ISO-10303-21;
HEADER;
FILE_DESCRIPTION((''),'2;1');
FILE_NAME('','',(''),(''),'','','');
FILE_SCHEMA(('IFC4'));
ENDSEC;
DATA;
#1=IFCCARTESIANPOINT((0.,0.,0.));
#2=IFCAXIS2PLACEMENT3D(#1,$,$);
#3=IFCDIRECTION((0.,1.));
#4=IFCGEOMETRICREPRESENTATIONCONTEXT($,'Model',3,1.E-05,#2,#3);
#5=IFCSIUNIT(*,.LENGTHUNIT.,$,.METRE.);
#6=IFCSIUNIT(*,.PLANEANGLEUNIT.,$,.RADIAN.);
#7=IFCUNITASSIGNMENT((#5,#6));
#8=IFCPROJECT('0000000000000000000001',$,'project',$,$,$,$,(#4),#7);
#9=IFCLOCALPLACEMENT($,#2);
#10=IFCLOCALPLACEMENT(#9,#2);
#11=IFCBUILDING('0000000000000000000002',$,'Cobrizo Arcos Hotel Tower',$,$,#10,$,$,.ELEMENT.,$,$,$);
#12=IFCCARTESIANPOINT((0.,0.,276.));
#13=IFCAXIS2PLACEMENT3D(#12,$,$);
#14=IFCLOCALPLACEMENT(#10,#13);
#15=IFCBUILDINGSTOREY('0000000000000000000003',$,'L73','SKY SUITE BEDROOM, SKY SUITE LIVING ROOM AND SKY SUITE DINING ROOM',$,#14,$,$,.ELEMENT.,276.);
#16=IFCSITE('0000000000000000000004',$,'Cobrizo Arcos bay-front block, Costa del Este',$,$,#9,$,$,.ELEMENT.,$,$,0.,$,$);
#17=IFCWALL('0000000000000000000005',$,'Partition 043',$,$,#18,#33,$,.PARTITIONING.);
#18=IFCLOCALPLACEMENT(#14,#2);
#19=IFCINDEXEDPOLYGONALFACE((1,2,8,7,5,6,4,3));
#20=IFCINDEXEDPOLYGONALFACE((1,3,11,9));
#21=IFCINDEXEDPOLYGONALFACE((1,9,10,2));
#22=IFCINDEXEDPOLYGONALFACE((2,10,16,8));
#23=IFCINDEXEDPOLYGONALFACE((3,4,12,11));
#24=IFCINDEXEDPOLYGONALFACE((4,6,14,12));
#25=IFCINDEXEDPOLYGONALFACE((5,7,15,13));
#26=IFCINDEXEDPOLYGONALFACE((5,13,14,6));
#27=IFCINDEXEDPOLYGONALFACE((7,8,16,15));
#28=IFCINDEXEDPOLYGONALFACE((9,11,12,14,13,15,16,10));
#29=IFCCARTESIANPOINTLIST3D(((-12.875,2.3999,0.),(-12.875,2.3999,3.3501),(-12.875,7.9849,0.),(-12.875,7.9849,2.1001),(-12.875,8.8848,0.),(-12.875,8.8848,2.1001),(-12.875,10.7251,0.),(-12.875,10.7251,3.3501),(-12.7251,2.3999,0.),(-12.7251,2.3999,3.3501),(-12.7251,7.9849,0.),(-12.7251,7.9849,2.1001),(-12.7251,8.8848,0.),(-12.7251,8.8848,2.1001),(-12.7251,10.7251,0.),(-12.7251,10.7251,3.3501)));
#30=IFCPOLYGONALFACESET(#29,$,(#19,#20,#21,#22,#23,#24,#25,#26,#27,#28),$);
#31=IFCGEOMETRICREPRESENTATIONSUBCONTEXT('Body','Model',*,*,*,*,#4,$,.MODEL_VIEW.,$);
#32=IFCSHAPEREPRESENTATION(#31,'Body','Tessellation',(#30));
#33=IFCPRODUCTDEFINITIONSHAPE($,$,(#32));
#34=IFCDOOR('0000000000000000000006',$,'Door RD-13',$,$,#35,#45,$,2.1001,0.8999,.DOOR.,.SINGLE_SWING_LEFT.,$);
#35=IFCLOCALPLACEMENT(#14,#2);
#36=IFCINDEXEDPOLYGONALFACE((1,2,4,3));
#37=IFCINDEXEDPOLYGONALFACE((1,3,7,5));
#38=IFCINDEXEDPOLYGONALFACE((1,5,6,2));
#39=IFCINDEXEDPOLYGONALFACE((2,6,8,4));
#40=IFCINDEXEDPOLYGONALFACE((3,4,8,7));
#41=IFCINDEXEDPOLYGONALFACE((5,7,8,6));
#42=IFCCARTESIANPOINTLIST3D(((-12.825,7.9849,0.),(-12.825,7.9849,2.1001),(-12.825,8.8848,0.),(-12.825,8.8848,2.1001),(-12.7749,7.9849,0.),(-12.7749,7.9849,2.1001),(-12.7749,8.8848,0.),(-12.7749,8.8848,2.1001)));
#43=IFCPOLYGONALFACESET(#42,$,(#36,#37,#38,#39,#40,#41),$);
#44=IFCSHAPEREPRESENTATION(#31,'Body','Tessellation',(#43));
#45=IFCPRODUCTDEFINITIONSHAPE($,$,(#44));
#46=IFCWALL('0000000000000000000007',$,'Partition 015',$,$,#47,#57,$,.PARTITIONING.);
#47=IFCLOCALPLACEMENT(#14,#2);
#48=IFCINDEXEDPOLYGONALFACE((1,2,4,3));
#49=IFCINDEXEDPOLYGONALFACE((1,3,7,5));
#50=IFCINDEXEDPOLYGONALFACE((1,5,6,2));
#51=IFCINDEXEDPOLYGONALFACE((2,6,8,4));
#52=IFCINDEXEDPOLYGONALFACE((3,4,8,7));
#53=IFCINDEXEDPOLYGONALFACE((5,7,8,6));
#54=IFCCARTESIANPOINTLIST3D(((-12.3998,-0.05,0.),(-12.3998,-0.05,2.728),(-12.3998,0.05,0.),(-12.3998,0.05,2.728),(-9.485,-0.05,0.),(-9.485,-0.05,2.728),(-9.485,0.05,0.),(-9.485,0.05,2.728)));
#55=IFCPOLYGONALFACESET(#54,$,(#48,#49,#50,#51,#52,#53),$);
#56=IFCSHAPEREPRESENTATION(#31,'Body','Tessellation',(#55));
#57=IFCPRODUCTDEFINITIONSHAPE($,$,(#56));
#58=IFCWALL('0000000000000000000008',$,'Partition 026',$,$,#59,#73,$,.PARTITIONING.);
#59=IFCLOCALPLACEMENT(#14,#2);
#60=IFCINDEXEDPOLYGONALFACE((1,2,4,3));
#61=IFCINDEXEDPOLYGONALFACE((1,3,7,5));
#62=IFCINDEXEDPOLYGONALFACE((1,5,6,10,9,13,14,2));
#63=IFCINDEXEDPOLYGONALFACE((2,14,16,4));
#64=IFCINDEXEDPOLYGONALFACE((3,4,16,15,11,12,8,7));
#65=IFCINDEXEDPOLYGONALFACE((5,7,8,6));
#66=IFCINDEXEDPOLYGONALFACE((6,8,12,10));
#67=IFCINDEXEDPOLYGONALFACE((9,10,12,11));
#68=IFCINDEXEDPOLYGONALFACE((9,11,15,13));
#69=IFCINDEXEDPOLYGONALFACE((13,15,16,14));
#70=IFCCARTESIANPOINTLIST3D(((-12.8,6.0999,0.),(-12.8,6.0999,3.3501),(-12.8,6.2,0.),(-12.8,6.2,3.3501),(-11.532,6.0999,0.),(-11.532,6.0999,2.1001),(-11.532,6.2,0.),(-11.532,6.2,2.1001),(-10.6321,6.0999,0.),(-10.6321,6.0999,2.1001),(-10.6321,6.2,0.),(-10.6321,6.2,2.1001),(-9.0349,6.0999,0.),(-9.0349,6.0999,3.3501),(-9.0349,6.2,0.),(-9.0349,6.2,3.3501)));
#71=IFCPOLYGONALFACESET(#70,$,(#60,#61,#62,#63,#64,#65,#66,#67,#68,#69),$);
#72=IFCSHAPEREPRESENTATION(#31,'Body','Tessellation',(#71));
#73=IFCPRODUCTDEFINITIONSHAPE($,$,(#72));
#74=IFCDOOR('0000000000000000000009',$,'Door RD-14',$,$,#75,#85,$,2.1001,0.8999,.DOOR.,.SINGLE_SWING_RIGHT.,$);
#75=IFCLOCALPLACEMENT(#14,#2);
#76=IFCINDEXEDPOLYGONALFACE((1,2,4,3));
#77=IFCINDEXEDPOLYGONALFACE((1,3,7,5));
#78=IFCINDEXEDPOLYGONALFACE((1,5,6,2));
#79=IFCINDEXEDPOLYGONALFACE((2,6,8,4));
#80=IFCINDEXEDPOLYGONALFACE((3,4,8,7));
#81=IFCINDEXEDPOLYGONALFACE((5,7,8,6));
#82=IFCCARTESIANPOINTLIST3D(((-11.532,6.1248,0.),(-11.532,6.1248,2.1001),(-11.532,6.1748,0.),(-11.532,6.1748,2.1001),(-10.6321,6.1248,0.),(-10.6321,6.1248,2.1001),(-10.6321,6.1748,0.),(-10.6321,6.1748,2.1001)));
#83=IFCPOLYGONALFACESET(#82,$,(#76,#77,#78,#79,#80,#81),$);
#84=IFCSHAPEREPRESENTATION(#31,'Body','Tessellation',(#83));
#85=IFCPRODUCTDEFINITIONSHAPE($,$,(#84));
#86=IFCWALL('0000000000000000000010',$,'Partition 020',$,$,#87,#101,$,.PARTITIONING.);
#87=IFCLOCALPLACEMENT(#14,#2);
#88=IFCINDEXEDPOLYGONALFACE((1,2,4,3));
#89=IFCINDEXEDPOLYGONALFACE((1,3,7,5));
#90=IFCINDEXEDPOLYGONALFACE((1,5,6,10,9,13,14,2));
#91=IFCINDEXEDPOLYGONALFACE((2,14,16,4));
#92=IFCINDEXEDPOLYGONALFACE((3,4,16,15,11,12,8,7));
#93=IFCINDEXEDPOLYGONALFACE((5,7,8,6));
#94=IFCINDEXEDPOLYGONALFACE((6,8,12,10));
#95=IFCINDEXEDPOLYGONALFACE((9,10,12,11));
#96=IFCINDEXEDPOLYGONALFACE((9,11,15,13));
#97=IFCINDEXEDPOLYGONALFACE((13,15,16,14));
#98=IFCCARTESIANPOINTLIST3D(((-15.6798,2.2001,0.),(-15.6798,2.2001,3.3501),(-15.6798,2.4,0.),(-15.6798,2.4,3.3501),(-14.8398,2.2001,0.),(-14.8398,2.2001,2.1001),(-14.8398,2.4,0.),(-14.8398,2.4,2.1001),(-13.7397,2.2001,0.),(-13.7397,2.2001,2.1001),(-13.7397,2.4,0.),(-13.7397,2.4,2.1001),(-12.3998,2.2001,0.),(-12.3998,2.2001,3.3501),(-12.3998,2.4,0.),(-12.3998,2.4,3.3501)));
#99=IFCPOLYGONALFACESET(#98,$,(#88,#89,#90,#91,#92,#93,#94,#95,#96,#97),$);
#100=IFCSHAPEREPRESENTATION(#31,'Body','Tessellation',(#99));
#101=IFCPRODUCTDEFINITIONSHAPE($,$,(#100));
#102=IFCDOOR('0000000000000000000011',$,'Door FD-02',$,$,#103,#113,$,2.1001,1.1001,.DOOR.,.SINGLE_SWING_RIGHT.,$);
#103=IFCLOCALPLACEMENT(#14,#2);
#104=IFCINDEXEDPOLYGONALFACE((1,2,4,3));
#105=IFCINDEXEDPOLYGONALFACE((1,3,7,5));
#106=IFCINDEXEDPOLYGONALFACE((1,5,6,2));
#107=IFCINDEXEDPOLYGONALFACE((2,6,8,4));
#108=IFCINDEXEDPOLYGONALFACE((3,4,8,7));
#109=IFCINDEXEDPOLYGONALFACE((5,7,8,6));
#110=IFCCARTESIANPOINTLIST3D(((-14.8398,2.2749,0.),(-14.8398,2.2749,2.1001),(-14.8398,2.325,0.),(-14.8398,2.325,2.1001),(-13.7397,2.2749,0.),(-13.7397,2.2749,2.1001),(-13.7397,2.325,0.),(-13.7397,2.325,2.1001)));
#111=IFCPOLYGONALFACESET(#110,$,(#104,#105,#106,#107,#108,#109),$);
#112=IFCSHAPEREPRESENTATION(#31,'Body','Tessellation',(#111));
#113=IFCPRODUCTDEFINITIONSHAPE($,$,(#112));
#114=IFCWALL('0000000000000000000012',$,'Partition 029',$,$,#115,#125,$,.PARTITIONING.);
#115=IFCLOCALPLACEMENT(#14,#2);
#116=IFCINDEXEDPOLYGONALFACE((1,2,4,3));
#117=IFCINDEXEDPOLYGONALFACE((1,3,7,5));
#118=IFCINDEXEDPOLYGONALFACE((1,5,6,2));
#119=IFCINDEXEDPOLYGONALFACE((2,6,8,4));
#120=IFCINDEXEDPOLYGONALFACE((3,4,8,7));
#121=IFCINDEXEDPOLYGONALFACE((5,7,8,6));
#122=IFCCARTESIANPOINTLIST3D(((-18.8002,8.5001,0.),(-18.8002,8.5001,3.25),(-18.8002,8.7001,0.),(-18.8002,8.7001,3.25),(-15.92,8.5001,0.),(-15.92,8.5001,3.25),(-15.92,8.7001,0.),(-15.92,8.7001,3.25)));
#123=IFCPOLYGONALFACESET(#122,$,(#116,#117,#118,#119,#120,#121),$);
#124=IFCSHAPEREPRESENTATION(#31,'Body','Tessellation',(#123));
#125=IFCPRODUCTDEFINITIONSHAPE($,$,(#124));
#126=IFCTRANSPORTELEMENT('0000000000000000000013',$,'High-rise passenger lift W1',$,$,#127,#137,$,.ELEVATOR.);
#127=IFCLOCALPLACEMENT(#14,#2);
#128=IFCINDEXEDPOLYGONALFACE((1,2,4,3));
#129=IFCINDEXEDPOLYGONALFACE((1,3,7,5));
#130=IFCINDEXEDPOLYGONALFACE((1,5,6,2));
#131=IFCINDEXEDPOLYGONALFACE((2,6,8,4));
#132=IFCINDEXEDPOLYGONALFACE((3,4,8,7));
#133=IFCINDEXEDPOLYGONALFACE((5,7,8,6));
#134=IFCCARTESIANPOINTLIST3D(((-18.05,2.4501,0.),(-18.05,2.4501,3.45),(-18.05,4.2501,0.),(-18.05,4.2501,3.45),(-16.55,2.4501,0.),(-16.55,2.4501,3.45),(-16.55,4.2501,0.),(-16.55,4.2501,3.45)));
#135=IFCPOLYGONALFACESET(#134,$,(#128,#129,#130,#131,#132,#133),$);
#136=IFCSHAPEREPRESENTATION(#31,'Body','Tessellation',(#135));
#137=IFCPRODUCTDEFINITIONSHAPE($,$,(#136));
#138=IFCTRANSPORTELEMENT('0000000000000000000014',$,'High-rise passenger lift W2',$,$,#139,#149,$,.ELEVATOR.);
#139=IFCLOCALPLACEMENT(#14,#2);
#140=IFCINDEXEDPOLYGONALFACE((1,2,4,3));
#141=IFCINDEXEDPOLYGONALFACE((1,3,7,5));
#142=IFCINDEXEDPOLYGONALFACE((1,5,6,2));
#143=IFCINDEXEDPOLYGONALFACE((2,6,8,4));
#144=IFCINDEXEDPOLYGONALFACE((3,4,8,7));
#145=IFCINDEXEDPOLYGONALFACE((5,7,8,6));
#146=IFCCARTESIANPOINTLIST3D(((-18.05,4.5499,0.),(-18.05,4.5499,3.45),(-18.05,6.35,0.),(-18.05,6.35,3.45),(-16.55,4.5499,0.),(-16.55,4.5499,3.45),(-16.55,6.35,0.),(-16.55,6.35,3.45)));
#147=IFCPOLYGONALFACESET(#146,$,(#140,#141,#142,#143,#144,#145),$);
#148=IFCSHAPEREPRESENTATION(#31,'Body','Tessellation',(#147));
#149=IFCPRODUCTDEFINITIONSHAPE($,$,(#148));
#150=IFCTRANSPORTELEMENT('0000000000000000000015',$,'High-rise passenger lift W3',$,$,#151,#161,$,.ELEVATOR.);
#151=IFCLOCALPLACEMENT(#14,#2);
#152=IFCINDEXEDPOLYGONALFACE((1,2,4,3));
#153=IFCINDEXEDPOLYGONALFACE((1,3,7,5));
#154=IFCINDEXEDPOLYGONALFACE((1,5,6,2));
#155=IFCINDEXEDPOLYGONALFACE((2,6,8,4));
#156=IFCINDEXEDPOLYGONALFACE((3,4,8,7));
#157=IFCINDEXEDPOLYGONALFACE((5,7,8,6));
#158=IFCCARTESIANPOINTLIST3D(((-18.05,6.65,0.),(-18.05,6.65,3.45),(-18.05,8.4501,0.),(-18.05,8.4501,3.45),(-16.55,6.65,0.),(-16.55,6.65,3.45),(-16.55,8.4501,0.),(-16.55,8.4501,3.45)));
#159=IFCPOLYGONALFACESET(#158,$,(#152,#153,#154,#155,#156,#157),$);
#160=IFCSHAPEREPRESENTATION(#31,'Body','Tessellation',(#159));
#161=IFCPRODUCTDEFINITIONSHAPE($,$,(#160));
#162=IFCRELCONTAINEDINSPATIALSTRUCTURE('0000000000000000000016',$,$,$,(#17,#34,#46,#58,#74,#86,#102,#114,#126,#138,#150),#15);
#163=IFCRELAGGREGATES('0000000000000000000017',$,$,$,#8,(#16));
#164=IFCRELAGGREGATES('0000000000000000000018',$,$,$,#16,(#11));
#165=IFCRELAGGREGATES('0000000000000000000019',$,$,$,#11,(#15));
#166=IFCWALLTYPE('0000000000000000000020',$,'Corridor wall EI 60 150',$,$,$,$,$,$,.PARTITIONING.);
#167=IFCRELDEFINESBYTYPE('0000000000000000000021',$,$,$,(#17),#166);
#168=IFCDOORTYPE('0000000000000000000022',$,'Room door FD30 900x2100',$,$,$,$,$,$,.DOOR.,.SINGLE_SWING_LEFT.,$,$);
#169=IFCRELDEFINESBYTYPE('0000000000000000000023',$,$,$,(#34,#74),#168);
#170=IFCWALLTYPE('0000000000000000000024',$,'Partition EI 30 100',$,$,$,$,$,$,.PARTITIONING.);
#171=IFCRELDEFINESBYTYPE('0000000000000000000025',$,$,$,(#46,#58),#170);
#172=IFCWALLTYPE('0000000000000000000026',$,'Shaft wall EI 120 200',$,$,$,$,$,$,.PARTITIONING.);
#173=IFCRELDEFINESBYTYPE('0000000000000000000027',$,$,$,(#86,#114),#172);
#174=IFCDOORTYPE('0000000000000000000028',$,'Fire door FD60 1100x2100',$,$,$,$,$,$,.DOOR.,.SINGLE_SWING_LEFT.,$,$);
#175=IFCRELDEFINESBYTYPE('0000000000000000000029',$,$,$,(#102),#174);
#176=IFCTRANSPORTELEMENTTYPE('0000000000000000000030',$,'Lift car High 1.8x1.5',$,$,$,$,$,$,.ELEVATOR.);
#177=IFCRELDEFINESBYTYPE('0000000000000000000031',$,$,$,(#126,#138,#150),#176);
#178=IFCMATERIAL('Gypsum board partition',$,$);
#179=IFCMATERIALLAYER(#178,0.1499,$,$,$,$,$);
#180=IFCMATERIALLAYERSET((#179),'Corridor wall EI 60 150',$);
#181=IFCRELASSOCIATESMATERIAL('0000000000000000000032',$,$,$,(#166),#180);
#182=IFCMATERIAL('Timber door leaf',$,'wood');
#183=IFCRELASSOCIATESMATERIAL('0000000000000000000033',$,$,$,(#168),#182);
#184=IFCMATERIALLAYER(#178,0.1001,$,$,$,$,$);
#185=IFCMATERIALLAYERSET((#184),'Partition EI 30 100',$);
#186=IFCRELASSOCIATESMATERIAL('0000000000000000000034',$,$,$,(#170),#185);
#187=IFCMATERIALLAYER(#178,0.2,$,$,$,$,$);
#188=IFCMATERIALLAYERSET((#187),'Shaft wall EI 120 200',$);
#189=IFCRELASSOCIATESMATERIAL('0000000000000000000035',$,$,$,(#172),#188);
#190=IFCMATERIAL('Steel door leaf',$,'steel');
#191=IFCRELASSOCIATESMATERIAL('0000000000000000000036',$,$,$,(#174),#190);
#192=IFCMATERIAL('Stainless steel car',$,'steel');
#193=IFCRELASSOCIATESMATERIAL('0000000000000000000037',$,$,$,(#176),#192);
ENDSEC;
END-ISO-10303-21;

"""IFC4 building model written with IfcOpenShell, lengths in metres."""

from ifc_helpers import new_model, si_unit, direction, frame, frame_2d, origin, origin_2d, place, context, subcontext, project, spatial, rectangle, extrude, material, layer, layer_set, type_object, element, fill, save


model = new_model("IFC4")

# Units and contexts
model_context = context("Model", 3, precision=1e-05, world=origin(), true_north=direction((0.0, 1.0)))
body_context = subcontext(model_context, "Body", "Model", "MODEL_VIEW")
ifc_project = project(units=[si_unit("LENGTHUNIT", "METRE"), si_unit("PLANEANGLEUNIT", "RADIAN")], contexts=[model_context])

# Site, building, storey
site_placement = place(None, origin())
site = spatial("IfcSite", under=ifc_project, at=site_placement, Name="Cobrizo Arcos bay-front block, Costa del Este", CompositionType="ELEMENT", RefElevation=0.0)
building_placement = place(site_placement, origin())
building = spatial("IfcBuilding", under=site, at=building_placement, Name="Cobrizo Arcos Hotel Tower", CompositionType="ELEMENT")
storey_placement = place(building_placement, frame((0.0, 0.0, 276.0)))
storey = spatial("IfcBuildingStorey", under=building, at=storey_placement, Name="L73", Description="SKY SUITE BEDROOM, SKY SUITE LIVING ROOM AND SKY SUITE DINING ROOM", CompositionType="ELEMENT", Elevation=276.0)

# Wall, opening, door
ifc_material_1 = material(Name="Gypsum board partition")
ifc_layer_1 = layer(ifc_material_1, 0.1499)
ifc_layer_set_1 = layer_set([ifc_layer_1], Name="Corridor wall EI 60 150")
wall_type_1 = type_object("IfcWallType", Name="Corridor wall EI 60 150", PredefinedType="PARTITIONING", material=ifc_layer_set_1)
wall_1_placement = place(storey_placement, frame((-12.8, 2.3999, 0.0), z_axis=(0.0, 0.0, 1.0), x_axis=(0.0, 1.0, 0.0)))
wall_1 = element("IfcWall", 1, at=wall_1_placement, inside=storey, type_object=wall_type_1, Name="Partition 043", PredefinedType="PARTITIONING", context=body_context, shape_type="SweptSolid", body=[
    extrude(rectangle(XDim=8.3252, YDim=0.1499, at=frame_2d((4.1626, 0.0))), origin(), (0.0, 0.0, 1.0), 3.3501),
])
opening_1_placement = place(wall_1_placement, frame((5.585, 0.0, 0.0)))
opening_1 = element("IfcOpeningElement", 2, at=opening_1_placement, cuts=wall_1, PredefinedType="OPENING", context=body_context, shape_type="SweptSolid", body=[
    extrude(rectangle(XDim=0.8999, YDim=2.1001, at=frame_2d((0.45, 1.05))), frame((0.0, 0.0869, 0.0), z_axis=(0.0, -1.0, 0.0), x_axis=(1.0, 0.0, 0.0)), (0.0, 0.0, 1.0), 0.1738),
])
ifc_material_2 = material(Name="Timber door leaf", Category="wood")
door_type_1 = type_object("IfcDoorType", Name="Room door FD30 900x2100", OperationType="SINGLE_SWING_LEFT", PredefinedType="DOOR", material=ifc_material_2)
door_1_placement = place(opening_1_placement, origin())
door_1 = element("IfcDoor", 3, at=door_1_placement, inside=storey, type_object=door_type_1, Name="Door RD-13", OperationType="SINGLE_SWING_LEFT", OverallHeight=2.1001, OverallWidth=0.8999, PredefinedType="DOOR", context=body_context, shape_type="SweptSolid", body=[
    extrude(rectangle(XDim=0.8999, YDim=2.1001, at=frame_2d((0.45, 1.05))), frame((0.0, 0.0249, 0.0), z_axis=(0.0, -1.0, 0.0), x_axis=(1.0, 0.0, 0.0)), (0.0, 0.0, 1.0), 0.05),
])
fill(opening_1, door_1)

# Wall
ifc_layer_2 = layer(ifc_material_1, 0.1001)
ifc_layer_set_2 = layer_set([ifc_layer_2], Name="Partition EI 30 100")
wall_type_2 = type_object("IfcWallType", Name="Partition EI 30 100", PredefinedType="PARTITIONING", material=ifc_layer_set_2)
wall_2_placement = place(storey_placement, frame((-12.3999, 0.0, 0.0), z_axis=(0.0, 0.0, 1.0), x_axis=(1.0, 0.0, 0.0)))
element("IfcWall", 4, at=wall_2_placement, inside=storey, type_object=wall_type_2, Name="Partition 015", PredefinedType="PARTITIONING", context=body_context, shape_type="SweptSolid", body=[
    extrude(rectangle(XDim=2.9148, YDim=0.1001, at=frame_2d((1.4575, 0.0))), origin(), (0.0, 0.0, 1.0), 2.728),
])

# Walls, openings, doors
wall_3_placement = place(storey_placement, frame((-12.8, 6.1499, 0.0), z_axis=(0.0, 0.0, 1.0), x_axis=(1.0, 0.0, 0.0)))
wall_3 = element("IfcWall", 5, at=wall_3_placement, inside=storey, type_object=wall_type_2, Name="Partition 026", PredefinedType="PARTITIONING", context=body_context, shape_type="SweptSolid", body=[
    extrude(rectangle(XDim=3.7651, YDim=0.1001, at=frame_2d((1.8826, 0.0))), origin(), (0.0, 0.0, 1.0), 3.3501),
])
opening_2_placement = place(wall_3_placement, frame((1.2681, 0.0, 0.0)))
opening_2 = element("IfcOpeningElement", 6, at=opening_2_placement, cuts=wall_3, PredefinedType="OPENING", context=body_context, shape_type="SweptSolid", body=[
    extrude(rectangle(XDim=0.8999, YDim=2.1001, at=frame_2d((0.45, 1.05))), frame((0.0, 0.062, 0.0), z_axis=(0.0, -1.0, 0.0), x_axis=(1.0, 0.0, 0.0)), (0.0, 0.0, 1.0), 0.124),
])
door_2_placement = place(opening_2_placement, origin())
door_2 = element("IfcDoor", 7, at=door_2_placement, inside=storey, type_object=door_type_1, Name="Door RD-14", OperationType="SINGLE_SWING_RIGHT", OverallHeight=2.1001, OverallWidth=0.8999, PredefinedType="DOOR", context=body_context, shape_type="SweptSolid", body=[
    extrude(rectangle(XDim=0.8999, YDim=2.1001, at=frame_2d((0.45, 1.05))), frame((0.0, 0.0249, 0.0), z_axis=(0.0, -1.0, 0.0), x_axis=(1.0, 0.0, 0.0)), (0.0, 0.0, 1.0), 0.05),
])
fill(opening_2, door_2)
ifc_layer_3 = layer(ifc_material_1, 0.2)
ifc_layer_set_3 = layer_set([ifc_layer_3], Name="Shaft wall EI 120 200")
wall_type_3 = type_object("IfcWallType", Name="Shaft wall EI 120 200", PredefinedType="PARTITIONING", material=ifc_layer_set_3)
wall_4_placement = place(storey_placement, frame((-15.6799, 2.3, 0.0), z_axis=(0.0, 0.0, 1.0), x_axis=(1.0, 0.0, 0.0)))
wall_4 = element("IfcWall", 8, at=wall_4_placement, inside=storey, type_object=wall_type_3, Name="Partition 020", PredefinedType="PARTITIONING", context=body_context, shape_type="SweptSolid", body=[
    extrude(rectangle(XDim=3.28, YDim=0.2, at=frame_2d((1.6401, 0.0))), origin(), (0.0, 0.0, 1.0), 3.3501),
])
opening_3_placement = place(wall_4_placement, frame((0.8401, 0.0, 0.0)))
opening_3 = element("IfcOpeningElement", 9, at=opening_3_placement, cuts=wall_4, PredefinedType="OPENING", context=body_context, shape_type="SweptSolid", body=[
    extrude(rectangle(XDim=1.1001, YDim=2.1001, at=frame_2d((0.55, 1.05))), frame((0.0, 0.1121, 0.0), z_axis=(0.0, -1.0, 0.0), x_axis=(1.0, 0.0, 0.0)), (0.0, 0.0, 1.0), 0.2239),
])
ifc_material_3 = material(Name="Steel door leaf", Category="steel")
door_type_2 = type_object("IfcDoorType", Name="Fire door FD60 1100x2100", OperationType="SINGLE_SWING_LEFT", PredefinedType="DOOR", material=ifc_material_3)
door_3_placement = place(opening_3_placement, origin())
door_3 = element("IfcDoor", 10, at=door_3_placement, inside=storey, type_object=door_type_2, Name="Door FD-02", OperationType="SINGLE_SWING_RIGHT", OverallHeight=2.1001, OverallWidth=1.1001, PredefinedType="DOOR", context=body_context, shape_type="SweptSolid", body=[
    extrude(rectangle(XDim=1.1001, YDim=2.1001, at=frame_2d((0.55, 1.05))), frame((0.0, 0.0249, 0.0), z_axis=(0.0, -1.0, 0.0), x_axis=(1.0, 0.0, 0.0)), (0.0, 0.0, 1.0), 0.05),
])
fill(opening_3, door_3)

# Wall
wall_5_placement = place(storey_placement, frame((-18.8, 8.6001, 0.0), z_axis=(0.0, 0.0, 1.0), x_axis=(1.0, 0.0, 0.0)))
element("IfcWall", 11, at=wall_5_placement, inside=storey, type_object=wall_type_3, Name="Partition 029", PredefinedType="PARTITIONING", context=body_context, shape_type="SweptSolid", body=[
    extrude(rectangle(XDim=2.8801, YDim=0.2, at=frame_2d((1.4399, 0.0))), origin(), (0.0, 0.0, 1.0), 3.25),
])

# Transport elements
ifc_material_4 = material(Name="Stainless steel car", Category="steel")
transport_element_type = type_object("IfcTransportElementType", Name="Lift car High 1.8x1.5", PredefinedType="ELEVATOR", material=ifc_material_4)
for number, where, z_axis, x_axis, name in (
    (12, (-17.3, 3.3501, 0.0), (0.0, 0.0, 1.0), (1.0, 0.0, 0.0), "High-rise passenger lift W1"),
    (13, (-17.3, 5.45, 0.0), (0.0, 0.0, 1.0), (1.0, 0.0, 0.0), "High-rise passenger lift W2"),
    (14, (-17.3, 7.55, 0.0), (0.0, 0.0, 1.0), (1.0, 0.0, 0.0), "High-rise passenger lift W3"),
):
    element("IfcTransportElement", number, at=place(storey_placement, frame(where, z_axis=z_axis, x_axis=x_axis)), inside=storey, type_object=transport_element_type, Name=name, PredefinedType="ELEVATOR", context=body_context, shape_type="SweptSolid", body=[
        extrude(rectangle(XDim=1.5, YDim=1.8, at=origin_2d()), origin(), (0.0, 0.0, 1.0), 3.45),
    ])

save(model, "model.ifc")
